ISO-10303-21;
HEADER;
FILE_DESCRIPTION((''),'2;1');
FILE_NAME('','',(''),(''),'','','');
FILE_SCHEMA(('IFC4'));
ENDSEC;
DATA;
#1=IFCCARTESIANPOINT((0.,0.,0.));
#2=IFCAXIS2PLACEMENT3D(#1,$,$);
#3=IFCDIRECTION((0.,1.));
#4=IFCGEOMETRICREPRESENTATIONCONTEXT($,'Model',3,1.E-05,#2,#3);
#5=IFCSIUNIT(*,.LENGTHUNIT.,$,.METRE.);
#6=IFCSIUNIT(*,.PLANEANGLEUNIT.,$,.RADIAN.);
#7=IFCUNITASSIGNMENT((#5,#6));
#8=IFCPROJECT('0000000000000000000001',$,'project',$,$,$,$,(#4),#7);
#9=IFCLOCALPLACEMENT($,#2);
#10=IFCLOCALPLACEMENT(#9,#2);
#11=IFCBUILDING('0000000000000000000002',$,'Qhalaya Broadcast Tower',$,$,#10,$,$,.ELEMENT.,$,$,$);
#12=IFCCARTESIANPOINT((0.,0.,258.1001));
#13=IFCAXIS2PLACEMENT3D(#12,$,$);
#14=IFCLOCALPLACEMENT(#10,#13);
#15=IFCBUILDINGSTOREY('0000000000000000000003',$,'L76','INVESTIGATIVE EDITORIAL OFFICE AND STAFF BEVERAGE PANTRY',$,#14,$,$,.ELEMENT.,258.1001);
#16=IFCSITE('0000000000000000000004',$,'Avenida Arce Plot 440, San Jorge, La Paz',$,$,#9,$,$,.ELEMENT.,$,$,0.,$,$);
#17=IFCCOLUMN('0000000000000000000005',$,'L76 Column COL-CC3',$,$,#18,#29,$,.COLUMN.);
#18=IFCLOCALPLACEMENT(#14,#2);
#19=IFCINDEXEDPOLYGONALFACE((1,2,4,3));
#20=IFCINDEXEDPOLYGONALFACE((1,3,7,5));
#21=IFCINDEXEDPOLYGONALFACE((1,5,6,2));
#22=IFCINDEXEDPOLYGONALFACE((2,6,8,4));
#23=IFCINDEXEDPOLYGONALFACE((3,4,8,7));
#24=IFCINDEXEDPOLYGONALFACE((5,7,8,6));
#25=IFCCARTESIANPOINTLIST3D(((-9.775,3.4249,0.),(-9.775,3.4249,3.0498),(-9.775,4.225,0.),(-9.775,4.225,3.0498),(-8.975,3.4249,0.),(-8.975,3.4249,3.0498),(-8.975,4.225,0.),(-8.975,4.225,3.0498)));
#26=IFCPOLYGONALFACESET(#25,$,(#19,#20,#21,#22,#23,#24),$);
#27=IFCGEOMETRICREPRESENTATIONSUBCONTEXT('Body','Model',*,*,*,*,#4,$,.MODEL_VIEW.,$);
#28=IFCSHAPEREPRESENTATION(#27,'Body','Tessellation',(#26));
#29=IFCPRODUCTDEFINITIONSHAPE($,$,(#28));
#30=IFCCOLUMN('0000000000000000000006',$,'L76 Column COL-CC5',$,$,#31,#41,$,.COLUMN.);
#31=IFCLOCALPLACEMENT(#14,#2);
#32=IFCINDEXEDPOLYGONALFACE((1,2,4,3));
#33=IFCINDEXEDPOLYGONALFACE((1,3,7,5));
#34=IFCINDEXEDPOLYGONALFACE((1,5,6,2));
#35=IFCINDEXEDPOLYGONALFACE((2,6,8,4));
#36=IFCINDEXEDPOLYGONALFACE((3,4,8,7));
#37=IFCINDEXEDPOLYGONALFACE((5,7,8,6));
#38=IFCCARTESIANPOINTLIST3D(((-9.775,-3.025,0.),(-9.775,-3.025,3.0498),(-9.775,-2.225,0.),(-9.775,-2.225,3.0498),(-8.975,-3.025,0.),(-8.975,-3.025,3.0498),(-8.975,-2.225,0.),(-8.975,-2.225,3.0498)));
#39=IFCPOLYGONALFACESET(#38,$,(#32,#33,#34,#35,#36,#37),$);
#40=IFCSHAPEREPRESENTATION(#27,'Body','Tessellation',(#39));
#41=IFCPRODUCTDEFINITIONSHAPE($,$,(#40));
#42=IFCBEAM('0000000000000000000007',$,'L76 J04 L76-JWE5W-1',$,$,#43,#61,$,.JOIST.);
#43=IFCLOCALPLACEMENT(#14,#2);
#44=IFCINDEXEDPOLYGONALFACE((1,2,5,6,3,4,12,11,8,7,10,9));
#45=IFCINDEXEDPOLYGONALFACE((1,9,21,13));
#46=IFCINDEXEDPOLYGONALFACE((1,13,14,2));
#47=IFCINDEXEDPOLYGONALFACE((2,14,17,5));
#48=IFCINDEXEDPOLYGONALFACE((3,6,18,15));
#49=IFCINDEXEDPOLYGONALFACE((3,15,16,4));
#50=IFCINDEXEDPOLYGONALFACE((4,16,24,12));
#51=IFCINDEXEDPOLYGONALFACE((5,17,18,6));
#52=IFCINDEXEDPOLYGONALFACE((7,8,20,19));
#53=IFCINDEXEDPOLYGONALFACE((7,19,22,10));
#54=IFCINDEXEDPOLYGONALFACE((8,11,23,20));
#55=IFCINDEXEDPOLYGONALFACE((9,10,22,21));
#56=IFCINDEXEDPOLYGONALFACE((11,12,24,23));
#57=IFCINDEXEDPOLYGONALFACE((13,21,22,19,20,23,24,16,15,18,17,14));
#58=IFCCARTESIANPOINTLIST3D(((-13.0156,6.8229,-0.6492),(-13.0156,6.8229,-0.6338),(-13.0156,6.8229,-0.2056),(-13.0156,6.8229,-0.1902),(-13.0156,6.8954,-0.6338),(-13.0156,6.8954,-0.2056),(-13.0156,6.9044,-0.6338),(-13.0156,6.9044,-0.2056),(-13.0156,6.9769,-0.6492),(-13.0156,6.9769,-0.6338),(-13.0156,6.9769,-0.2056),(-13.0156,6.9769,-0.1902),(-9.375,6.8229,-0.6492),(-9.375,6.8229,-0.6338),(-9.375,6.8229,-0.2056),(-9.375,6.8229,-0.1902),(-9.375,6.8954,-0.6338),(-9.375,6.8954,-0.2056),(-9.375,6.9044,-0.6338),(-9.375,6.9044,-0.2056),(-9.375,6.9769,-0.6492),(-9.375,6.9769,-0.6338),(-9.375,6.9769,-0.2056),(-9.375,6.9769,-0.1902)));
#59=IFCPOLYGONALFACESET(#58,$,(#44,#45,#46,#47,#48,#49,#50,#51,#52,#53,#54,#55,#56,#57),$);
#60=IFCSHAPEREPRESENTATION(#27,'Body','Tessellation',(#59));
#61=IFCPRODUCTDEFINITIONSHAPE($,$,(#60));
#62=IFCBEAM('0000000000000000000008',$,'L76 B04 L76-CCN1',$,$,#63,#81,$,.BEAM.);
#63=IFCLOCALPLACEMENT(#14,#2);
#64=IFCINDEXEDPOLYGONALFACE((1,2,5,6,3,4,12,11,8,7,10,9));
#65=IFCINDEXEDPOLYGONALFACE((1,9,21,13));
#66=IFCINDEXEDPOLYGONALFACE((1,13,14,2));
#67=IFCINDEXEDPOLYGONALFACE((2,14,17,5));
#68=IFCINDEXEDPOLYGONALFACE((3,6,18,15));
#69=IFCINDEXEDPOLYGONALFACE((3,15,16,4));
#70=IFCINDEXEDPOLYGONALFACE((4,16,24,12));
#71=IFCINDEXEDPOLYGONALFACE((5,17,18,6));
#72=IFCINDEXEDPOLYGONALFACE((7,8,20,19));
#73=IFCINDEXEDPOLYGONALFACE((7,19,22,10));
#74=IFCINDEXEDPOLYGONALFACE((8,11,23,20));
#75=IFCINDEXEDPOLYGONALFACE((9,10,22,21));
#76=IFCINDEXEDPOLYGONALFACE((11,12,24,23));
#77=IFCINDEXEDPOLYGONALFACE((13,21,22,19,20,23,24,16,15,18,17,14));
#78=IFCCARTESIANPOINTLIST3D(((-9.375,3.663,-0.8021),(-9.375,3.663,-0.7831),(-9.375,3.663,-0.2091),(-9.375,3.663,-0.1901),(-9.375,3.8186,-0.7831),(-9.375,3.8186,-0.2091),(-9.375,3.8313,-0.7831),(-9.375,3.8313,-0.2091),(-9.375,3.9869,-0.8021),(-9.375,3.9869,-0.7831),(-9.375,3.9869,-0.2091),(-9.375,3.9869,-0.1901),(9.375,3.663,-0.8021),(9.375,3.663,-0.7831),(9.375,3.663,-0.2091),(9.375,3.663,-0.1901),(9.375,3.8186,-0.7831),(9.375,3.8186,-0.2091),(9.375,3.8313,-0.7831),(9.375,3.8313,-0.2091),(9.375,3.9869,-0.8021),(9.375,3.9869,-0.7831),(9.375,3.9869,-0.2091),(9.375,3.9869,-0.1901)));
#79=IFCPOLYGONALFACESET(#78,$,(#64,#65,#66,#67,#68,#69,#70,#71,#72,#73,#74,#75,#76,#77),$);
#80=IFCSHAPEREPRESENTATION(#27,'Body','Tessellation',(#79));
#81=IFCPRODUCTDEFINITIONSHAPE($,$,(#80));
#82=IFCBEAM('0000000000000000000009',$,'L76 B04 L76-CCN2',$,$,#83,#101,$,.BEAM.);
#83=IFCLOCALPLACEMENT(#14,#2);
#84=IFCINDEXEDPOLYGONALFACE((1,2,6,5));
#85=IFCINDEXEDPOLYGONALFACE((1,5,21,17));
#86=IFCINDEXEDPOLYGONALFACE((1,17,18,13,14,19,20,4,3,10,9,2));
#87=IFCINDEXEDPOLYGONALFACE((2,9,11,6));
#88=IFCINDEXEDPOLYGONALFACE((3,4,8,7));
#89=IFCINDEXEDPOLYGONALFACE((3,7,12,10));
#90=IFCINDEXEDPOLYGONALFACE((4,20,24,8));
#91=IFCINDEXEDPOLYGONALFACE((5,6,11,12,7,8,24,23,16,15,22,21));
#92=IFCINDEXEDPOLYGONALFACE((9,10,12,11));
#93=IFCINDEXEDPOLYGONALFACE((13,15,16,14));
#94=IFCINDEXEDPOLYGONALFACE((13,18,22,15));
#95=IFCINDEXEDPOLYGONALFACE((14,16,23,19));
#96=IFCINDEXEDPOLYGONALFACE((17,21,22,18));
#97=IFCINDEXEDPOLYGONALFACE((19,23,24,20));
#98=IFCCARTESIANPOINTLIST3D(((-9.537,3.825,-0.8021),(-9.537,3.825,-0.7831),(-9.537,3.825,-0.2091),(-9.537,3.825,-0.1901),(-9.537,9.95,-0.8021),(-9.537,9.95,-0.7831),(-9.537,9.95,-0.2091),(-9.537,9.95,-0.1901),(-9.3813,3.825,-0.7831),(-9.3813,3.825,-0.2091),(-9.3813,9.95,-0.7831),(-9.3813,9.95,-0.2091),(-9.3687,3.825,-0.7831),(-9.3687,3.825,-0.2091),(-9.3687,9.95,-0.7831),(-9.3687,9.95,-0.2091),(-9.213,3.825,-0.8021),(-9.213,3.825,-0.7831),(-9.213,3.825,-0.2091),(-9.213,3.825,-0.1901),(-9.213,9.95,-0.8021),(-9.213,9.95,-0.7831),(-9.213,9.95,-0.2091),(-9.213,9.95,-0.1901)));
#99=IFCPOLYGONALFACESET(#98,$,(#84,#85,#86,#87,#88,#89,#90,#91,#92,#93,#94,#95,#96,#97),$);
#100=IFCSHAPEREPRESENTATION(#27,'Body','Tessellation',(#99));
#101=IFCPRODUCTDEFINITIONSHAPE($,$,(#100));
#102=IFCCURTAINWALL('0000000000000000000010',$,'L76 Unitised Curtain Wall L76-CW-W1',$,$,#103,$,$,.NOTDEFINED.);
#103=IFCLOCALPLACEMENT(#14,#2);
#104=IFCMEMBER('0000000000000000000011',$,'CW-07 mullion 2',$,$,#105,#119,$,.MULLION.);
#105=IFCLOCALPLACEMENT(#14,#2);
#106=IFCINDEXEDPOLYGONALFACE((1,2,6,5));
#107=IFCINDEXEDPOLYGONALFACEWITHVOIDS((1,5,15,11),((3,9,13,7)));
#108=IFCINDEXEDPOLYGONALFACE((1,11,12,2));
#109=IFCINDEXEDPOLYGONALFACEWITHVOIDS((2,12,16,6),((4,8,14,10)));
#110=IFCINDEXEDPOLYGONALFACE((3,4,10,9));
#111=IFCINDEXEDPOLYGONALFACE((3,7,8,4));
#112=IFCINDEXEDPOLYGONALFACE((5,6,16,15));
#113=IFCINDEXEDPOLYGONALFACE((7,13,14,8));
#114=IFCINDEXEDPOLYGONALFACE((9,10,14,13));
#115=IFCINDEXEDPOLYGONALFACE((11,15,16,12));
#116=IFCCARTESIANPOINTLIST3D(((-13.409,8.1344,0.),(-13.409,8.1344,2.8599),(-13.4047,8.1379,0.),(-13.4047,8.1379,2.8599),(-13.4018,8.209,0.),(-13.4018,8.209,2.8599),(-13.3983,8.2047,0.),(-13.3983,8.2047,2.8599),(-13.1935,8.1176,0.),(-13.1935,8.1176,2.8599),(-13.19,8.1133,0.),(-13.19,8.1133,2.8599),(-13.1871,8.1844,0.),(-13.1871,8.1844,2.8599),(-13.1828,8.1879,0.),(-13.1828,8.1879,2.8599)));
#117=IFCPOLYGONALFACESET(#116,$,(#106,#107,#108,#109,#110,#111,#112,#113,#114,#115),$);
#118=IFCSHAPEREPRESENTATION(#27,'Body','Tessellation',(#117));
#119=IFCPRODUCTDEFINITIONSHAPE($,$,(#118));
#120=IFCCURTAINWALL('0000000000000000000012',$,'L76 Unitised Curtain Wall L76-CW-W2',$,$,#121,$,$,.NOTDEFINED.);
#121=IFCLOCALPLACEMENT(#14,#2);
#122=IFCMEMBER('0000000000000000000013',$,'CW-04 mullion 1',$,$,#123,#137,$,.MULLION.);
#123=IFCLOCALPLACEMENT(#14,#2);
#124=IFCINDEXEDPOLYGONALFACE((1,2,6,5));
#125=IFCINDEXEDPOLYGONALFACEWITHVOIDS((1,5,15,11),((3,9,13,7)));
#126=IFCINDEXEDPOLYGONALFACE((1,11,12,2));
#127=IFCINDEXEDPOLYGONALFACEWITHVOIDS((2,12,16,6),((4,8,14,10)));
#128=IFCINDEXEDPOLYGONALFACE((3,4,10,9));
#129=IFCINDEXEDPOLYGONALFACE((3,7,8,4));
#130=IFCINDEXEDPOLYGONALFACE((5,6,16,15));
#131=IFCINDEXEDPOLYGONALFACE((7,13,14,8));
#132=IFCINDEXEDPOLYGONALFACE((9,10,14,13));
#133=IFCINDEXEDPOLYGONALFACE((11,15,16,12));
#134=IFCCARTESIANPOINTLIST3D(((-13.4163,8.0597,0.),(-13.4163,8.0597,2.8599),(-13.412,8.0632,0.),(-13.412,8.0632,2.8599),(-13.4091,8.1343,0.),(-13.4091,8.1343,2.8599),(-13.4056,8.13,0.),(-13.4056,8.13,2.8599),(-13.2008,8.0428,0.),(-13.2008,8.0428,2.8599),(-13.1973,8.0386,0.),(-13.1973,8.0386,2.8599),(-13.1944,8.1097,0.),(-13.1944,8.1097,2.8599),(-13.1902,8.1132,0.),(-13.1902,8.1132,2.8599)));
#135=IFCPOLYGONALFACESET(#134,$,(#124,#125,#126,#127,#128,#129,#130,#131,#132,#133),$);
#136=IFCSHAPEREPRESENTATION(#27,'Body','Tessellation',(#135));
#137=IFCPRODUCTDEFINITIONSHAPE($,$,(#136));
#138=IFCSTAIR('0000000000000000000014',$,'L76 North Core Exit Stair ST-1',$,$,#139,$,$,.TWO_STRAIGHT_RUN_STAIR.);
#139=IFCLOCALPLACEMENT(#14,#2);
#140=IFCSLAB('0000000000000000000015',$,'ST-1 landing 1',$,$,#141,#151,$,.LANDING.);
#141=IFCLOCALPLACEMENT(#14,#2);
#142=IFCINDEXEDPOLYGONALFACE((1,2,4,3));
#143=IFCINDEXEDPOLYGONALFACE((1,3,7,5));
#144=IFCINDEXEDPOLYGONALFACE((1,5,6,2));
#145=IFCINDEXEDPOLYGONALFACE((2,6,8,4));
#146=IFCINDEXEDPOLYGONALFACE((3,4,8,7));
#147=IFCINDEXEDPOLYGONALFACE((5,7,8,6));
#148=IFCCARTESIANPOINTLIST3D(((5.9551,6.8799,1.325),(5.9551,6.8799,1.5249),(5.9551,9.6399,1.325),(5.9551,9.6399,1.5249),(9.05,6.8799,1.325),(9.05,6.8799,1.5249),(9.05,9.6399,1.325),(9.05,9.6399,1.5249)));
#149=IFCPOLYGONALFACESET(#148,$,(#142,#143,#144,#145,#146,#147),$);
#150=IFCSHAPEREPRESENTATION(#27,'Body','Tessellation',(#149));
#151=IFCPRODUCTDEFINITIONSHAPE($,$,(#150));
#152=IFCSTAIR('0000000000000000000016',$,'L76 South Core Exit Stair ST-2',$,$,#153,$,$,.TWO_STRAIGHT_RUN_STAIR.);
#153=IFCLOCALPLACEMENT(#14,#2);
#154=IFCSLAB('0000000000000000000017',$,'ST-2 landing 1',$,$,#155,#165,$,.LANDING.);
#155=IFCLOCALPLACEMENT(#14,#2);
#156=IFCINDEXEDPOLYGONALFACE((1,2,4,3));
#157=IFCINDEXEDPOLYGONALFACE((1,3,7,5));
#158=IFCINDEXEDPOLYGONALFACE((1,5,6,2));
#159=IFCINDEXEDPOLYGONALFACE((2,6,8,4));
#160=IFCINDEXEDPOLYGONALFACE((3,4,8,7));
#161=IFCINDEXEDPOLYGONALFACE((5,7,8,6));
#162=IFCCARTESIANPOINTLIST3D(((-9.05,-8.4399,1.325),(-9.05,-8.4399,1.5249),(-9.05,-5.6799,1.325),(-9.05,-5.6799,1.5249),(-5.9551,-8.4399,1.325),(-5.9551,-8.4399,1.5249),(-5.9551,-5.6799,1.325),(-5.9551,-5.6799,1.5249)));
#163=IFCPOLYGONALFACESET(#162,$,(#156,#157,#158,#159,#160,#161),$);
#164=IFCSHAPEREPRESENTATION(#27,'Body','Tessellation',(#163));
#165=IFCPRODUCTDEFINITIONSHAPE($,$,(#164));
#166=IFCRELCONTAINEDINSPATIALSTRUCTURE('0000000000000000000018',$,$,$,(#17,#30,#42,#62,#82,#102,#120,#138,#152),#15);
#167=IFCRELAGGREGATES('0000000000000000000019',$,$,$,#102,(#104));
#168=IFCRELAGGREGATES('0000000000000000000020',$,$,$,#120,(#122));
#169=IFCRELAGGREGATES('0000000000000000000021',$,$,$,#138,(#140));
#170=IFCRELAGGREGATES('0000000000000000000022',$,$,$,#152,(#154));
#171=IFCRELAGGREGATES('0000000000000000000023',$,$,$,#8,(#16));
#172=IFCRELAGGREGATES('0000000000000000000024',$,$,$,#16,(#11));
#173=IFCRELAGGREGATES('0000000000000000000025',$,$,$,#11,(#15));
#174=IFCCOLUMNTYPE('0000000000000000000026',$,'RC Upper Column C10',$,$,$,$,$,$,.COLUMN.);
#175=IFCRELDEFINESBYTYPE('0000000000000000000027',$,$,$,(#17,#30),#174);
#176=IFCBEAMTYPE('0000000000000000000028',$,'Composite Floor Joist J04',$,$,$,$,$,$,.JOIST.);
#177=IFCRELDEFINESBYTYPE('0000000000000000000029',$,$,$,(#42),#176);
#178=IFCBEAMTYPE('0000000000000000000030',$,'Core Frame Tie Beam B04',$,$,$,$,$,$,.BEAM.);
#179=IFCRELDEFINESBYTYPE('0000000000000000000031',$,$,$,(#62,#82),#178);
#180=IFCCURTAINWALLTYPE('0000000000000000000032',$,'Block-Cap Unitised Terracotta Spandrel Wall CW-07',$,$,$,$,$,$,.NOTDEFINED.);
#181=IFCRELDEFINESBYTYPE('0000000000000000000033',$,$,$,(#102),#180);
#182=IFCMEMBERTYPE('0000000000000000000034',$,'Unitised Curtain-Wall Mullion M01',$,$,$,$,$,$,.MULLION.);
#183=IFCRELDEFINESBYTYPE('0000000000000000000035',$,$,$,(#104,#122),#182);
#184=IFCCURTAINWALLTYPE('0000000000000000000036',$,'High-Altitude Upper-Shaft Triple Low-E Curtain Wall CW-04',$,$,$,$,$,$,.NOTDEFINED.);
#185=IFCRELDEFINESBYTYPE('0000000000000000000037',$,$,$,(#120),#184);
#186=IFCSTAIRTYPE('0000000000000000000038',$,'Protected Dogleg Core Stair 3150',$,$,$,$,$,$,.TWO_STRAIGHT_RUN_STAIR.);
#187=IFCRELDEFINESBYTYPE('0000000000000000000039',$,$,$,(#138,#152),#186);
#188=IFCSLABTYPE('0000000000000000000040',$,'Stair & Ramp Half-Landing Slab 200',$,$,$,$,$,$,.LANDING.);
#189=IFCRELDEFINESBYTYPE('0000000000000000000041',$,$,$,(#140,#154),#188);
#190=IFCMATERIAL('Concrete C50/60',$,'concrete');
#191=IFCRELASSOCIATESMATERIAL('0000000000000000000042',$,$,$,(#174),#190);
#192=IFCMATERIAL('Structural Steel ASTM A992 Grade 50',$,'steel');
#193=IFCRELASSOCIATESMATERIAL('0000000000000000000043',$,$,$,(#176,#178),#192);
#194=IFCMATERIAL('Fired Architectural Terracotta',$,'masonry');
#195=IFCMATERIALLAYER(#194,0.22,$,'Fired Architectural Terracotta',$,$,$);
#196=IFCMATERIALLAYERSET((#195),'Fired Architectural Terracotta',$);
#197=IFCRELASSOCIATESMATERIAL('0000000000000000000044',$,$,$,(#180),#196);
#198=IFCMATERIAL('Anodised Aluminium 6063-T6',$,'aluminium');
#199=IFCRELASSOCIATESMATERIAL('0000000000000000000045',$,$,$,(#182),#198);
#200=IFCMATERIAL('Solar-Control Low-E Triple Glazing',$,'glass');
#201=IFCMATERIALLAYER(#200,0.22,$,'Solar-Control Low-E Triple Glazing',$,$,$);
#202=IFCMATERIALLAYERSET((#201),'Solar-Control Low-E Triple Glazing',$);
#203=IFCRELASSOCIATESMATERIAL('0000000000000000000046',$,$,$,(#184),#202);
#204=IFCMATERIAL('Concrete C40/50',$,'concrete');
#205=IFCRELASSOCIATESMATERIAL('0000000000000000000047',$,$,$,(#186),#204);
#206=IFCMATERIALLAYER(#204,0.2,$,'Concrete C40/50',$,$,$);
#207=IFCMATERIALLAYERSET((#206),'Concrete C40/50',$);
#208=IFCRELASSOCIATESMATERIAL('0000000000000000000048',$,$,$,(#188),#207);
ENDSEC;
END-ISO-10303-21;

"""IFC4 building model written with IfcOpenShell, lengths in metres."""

from ifc_helpers import new_model, si_unit, direction, frame, origin, origin_2d, place, context, subcontext, project, spatial, polyline, rectangle, hollow_rectangle, i_section, outline, extrude, material, layer, layer_set, material_profile, profile_set, type_object, element, aggregate, save


model = new_model("IFC4")

# Units and contexts
model_context = context("Model", 3, precision=1e-05, world=origin(), true_north=direction((0.0, 1.0)))
body_context = subcontext(model_context, "Body", "Model", "MODEL_VIEW")
ifc_project = project(units=[si_unit("LENGTHUNIT", "METRE"), si_unit("PLANEANGLEUNIT", "RADIAN")], contexts=[model_context])

# Site, building, storey
site_placement = place(None, origin())
site = spatial("IfcSite", under=ifc_project, at=site_placement, Name="Avenida Arce Plot 440, San Jorge, La Paz", CompositionType="ELEMENT", RefElevation=0.0)
building_placement = place(site_placement, origin())
building = spatial("IfcBuilding", under=site, at=building_placement, Name="Qhalaya Broadcast Tower", CompositionType="ELEMENT")
storey_placement = place(building_placement, frame((0.0, 0.0, 258.1001)))
storey = spatial("IfcBuildingStorey", under=building, at=storey_placement, Name="L76", Description="INVESTIGATIVE EDITORIAL OFFICE AND STAFF BEVERAGE PANTRY", CompositionType="ELEMENT", Elevation=258.1001)

# Columns
ifc_material_1 = material(Name="Concrete C50/60", Category="concrete")
ifc_material_profile_1 = material_profile(ifc_material_1, rectangle(XDim=0.8, YDim=0.8, at=origin_2d()), Name="RC-COL 800x800")
ifc_profile_set_1 = profile_set([ifc_material_profile_1], Name="Concrete C50/60")
column_type = type_object("IfcColumnType", Name="RC Upper Column C10", PredefinedType="COLUMN", material=ifc_profile_set_1)
for number, where, z_axis, x_axis, name in (
    (1, (-9.375, 3.825, 0.0), (0.0, 0.0, 1.0), (1.0, 0.0, 0.0), "L76 Column COL-CC3"),
    (2, (-9.375, -2.625, 0.0), (0.0, 0.0, 1.0), (1.0, 0.0, 0.0), "L76 Column COL-CC5"),
):
    element("IfcColumn", number, at=place(storey_placement, frame(where, z_axis=z_axis, x_axis=x_axis)), inside=storey, type_object=column_type, Name=name, PredefinedType="COLUMN", context=body_context, shape_type="SweptSolid", body=[
        extrude(rectangle(XDim=0.8, YDim=0.8, at=origin_2d()), origin(), (0.0, 0.0, 1.0), 3.0498),
    ])

# Beams
ifc_material_2 = material(Name="Structural Steel ASTM A992 Grade 50", Category="steel")
ifc_material_profile_2 = material_profile(ifc_material_2, i_section(OverallWidth=0.1541, OverallDepth=0.459, WebThickness=0.009, FlangeThickness=0.0154, at=origin_2d()), Name="W18X46")
ifc_profile_set_2 = profile_set([ifc_material_profile_2], Name="Structural Steel ASTM A992 Grade 50")
beam_type_1 = type_object("IfcBeamType", Name="Composite Floor Joist J04", PredefinedType="JOIST", material=ifc_profile_set_2)
beam_1_placement = place(storey_placement, frame((-13.0156, 6.8999, -0.4197), z_axis=(1.0, 0.0, 0.0), x_axis=(0.0, 1.0, 0.0)))
element("IfcBeam", 3, at=beam_1_placement, inside=storey, type_object=beam_type_1, Name="L76 J04 L76-JWE5W-1", PredefinedType="JOIST", context=body_context, shape_type="SweptSolid", body=[
    extrude(i_section(OverallWidth=0.1541, OverallDepth=0.459, WebThickness=0.009, FlangeThickness=0.0154, at=origin_2d()), origin(), (0.0, 0.0, 1.0), 3.6406),
])
ifc_material_profile_3 = material_profile(ifc_material_2, i_section(OverallWidth=0.324, OverallDepth=0.6121, WebThickness=0.0127, FlangeThickness=0.019, at=origin_2d()), Name="W24X104")
ifc_profile_set_3 = profile_set([ifc_material_profile_3], Name="Structural Steel ASTM A992 Grade 50")
beam_type_2 = type_object("IfcBeamType", Name="Core Frame Tie Beam B04", PredefinedType="BEAM", material=ifc_profile_set_3)
beam_2_placement = place(storey_placement, frame((-9.375, 3.825, -0.4961), z_axis=(1.0, 0.0, 0.0), x_axis=(0.0, 1.0, 0.0)))
element("IfcBeam", 4, at=beam_2_placement, inside=storey, type_object=beam_type_2, Name="L76 B04 L76-CCN1", PredefinedType="BEAM", context=body_context, shape_type="SweptSolid", body=[
    extrude(i_section(OverallWidth=0.324, OverallDepth=0.6121, WebThickness=0.0127, FlangeThickness=0.019, at=origin_2d()), origin(), (0.0, 0.0, 1.0), 18.75),
])
beam_3_placement = place(storey_placement, frame((-9.375, 3.825, -0.4961), z_axis=(0.0, 1.0, 0.0), x_axis=(-1.0, 0.0, 0.0)))
element("IfcBeam", 5, at=beam_3_placement, inside=storey, type_object=beam_type_2, Name="L76 B04 L76-CCN2", PredefinedType="BEAM", context=body_context, shape_type="SweptSolid", body=[
    extrude(i_section(OverallWidth=0.324, OverallDepth=0.6121, WebThickness=0.0127, FlangeThickness=0.019, at=origin_2d()), origin(), (0.0, 0.0, 1.0), 6.125),
])

# Curtain walls, members
ifc_material_3 = material(Name="Fired Architectural Terracotta", Category="masonry")
ifc_layer_1 = layer(ifc_material_3, 0.22, Name="Fired Architectural Terracotta")
ifc_layer_set_1 = layer_set([ifc_layer_1], Name="Fired Architectural Terracotta")
curtain_wall_type_1 = type_object("IfcCurtainWallType", Name="Block-Cap Unitised Terracotta Spandrel Wall CW-07", PredefinedType="NOTDEFINED", material=ifc_layer_set_1)
curtain_wall_1_placement = place(storey_placement, origin())
curtain_wall_1 = element("IfcCurtainWall", 6, at=curtain_wall_1_placement, inside=storey, type_object=curtain_wall_type_1, Name="L76 Unitised Curtain Wall L76-CW-W1", PredefinedType="NOTDEFINED")
ifc_material_4 = material(Name="Anodised Aluminium 6063-T6", Category="aluminium")
ifc_material_profile_4 = material_profile(ifc_material_4, hollow_rectangle(XDim=0.075, YDim=0.22, WallThickness=0.0039, at=origin_2d()), Name="ALU-MUL 75x220x4")
ifc_profile_set_4 = profile_set([ifc_material_profile_4], Name="Anodised Aluminium 6063-T6")
member_type = type_object("IfcMemberType", Name="Unitised Curtain-Wall Mullion M01", PredefinedType="MULLION", material=ifc_profile_set_4)
member_1_placement = place(storey_placement, frame((-13.2959, 8.1611, 0.0), z_axis=(0.0, 0.0, 1.0), x_axis=(-0.09584, -0.995397, 0.0)))
member_1 = element("IfcMember", 7, at=member_1_placement, type_object=member_type, Name="CW-07 mullion 2", PredefinedType="MULLION", context=body_context, shape_type="SweptSolid", body=[
    extrude(hollow_rectangle(XDim=0.075, YDim=0.22, WallThickness=0.0039, at=origin_2d()), origin(), (0.0, 0.0, 1.0), 2.8599),
])
aggregate(curtain_wall_1, [member_1])
ifc_material_5 = material(Name="Solar-Control Low-E Triple Glazing", Category="glass")
ifc_layer_2 = layer(ifc_material_5, 0.22, Name="Solar-Control Low-E Triple Glazing")
ifc_layer_set_2 = layer_set([ifc_layer_2], Name="Solar-Control Low-E Triple Glazing")
curtain_wall_type_2 = type_object("IfcCurtainWallType", Name="High-Altitude Upper-Shaft Triple Low-E Curtain Wall CW-04", PredefinedType="NOTDEFINED", material=ifc_layer_set_2)
curtain_wall_2_placement = place(storey_placement, origin())
curtain_wall_2 = element("IfcCurtainWall", 8, at=curtain_wall_2_placement, inside=storey, type_object=curtain_wall_type_2, Name="L76 Unitised Curtain Wall L76-CW-W2", PredefinedType="NOTDEFINED")
member_2_placement = place(storey_placement, frame((-13.3032, 8.0864, 0.0), z_axis=(0.0, 0.0, 1.0), x_axis=(-0.095836, -0.995397, 0.0)))
member_2 = element("IfcMember", 9, at=member_2_placement, type_object=member_type, Name="CW-04 mullion 1", PredefinedType="MULLION", context=body_context, shape_type="SweptSolid", body=[
    extrude(hollow_rectangle(XDim=0.075, YDim=0.22, WallThickness=0.0039, at=origin_2d()), origin(), (0.0, 0.0, 1.0), 2.8599),
])
aggregate(curtain_wall_2, [member_2])

# Stairs, slabs
ifc_material_6 = material(Name="Concrete C40/50", Category="concrete")
stair_type = type_object("IfcStairType", Name="Protected Dogleg Core Stair 3150", PredefinedType="TWO_STRAIGHT_RUN_STAIR", material=ifc_material_6)
stair_1_placement = place(storey_placement, origin())
stair_1 = element("IfcStair", 10, at=stair_1_placement, inside=storey, type_object=stair_type, Name="L76 North Core Exit Stair ST-1", PredefinedType="TWO_STRAIGHT_RUN_STAIR")
ifc_layer_3 = layer(ifc_material_6, 0.2, Name="Concrete C40/50")
ifc_layer_set_3 = layer_set([ifc_layer_3], Name="Concrete C40/50")
slab_type_1 = type_object("IfcSlabType", Name="Stair & Ramp Half-Landing Slab 200", PredefinedType="LANDING", material=ifc_layer_set_3)
slab_1_placement = place(storey_placement, frame((0.0, 0.0, 1.325)))
slab_1 = element("IfcSlab", 11, at=slab_1_placement, type_object=slab_type_1, Name="ST-1 landing 1", PredefinedType="LANDING", context=body_context, shape_type="SweptSolid", body=[
    extrude(outline(polyline([(5.9551, 6.8799), (9.05, 6.8799), (9.05, 9.6399), (5.9551, 9.6399), (5.9551, 6.8799)])), origin(), (0.0, 0.0, 1.0), 0.2),
])
aggregate(stair_1, [slab_1])
stair_2_placement = place(storey_placement, origin())
stair_2 = element("IfcStair", 12, at=stair_2_placement, inside=storey, type_object=stair_type, Name="L76 South Core Exit Stair ST-2", PredefinedType="TWO_STRAIGHT_RUN_STAIR")
slab_2_placement = place(storey_placement, frame((0.0, 0.0, 1.325)))
slab_2 = element("IfcSlab", 13, at=slab_2_placement, type_object=slab_type_1, Name="ST-2 landing 1", PredefinedType="LANDING", context=body_context, shape_type="SweptSolid", body=[
    extrude(outline(polyline([(-5.9551, -5.6799), (-9.05, -5.6799), (-9.05, -8.4399), (-5.9551, -8.4399), (-5.9551, -5.6799)])), origin(), (0.0, 0.0, 1.0), 0.2),
])
aggregate(stair_2, [slab_2])

save(model, "model.ifc")
